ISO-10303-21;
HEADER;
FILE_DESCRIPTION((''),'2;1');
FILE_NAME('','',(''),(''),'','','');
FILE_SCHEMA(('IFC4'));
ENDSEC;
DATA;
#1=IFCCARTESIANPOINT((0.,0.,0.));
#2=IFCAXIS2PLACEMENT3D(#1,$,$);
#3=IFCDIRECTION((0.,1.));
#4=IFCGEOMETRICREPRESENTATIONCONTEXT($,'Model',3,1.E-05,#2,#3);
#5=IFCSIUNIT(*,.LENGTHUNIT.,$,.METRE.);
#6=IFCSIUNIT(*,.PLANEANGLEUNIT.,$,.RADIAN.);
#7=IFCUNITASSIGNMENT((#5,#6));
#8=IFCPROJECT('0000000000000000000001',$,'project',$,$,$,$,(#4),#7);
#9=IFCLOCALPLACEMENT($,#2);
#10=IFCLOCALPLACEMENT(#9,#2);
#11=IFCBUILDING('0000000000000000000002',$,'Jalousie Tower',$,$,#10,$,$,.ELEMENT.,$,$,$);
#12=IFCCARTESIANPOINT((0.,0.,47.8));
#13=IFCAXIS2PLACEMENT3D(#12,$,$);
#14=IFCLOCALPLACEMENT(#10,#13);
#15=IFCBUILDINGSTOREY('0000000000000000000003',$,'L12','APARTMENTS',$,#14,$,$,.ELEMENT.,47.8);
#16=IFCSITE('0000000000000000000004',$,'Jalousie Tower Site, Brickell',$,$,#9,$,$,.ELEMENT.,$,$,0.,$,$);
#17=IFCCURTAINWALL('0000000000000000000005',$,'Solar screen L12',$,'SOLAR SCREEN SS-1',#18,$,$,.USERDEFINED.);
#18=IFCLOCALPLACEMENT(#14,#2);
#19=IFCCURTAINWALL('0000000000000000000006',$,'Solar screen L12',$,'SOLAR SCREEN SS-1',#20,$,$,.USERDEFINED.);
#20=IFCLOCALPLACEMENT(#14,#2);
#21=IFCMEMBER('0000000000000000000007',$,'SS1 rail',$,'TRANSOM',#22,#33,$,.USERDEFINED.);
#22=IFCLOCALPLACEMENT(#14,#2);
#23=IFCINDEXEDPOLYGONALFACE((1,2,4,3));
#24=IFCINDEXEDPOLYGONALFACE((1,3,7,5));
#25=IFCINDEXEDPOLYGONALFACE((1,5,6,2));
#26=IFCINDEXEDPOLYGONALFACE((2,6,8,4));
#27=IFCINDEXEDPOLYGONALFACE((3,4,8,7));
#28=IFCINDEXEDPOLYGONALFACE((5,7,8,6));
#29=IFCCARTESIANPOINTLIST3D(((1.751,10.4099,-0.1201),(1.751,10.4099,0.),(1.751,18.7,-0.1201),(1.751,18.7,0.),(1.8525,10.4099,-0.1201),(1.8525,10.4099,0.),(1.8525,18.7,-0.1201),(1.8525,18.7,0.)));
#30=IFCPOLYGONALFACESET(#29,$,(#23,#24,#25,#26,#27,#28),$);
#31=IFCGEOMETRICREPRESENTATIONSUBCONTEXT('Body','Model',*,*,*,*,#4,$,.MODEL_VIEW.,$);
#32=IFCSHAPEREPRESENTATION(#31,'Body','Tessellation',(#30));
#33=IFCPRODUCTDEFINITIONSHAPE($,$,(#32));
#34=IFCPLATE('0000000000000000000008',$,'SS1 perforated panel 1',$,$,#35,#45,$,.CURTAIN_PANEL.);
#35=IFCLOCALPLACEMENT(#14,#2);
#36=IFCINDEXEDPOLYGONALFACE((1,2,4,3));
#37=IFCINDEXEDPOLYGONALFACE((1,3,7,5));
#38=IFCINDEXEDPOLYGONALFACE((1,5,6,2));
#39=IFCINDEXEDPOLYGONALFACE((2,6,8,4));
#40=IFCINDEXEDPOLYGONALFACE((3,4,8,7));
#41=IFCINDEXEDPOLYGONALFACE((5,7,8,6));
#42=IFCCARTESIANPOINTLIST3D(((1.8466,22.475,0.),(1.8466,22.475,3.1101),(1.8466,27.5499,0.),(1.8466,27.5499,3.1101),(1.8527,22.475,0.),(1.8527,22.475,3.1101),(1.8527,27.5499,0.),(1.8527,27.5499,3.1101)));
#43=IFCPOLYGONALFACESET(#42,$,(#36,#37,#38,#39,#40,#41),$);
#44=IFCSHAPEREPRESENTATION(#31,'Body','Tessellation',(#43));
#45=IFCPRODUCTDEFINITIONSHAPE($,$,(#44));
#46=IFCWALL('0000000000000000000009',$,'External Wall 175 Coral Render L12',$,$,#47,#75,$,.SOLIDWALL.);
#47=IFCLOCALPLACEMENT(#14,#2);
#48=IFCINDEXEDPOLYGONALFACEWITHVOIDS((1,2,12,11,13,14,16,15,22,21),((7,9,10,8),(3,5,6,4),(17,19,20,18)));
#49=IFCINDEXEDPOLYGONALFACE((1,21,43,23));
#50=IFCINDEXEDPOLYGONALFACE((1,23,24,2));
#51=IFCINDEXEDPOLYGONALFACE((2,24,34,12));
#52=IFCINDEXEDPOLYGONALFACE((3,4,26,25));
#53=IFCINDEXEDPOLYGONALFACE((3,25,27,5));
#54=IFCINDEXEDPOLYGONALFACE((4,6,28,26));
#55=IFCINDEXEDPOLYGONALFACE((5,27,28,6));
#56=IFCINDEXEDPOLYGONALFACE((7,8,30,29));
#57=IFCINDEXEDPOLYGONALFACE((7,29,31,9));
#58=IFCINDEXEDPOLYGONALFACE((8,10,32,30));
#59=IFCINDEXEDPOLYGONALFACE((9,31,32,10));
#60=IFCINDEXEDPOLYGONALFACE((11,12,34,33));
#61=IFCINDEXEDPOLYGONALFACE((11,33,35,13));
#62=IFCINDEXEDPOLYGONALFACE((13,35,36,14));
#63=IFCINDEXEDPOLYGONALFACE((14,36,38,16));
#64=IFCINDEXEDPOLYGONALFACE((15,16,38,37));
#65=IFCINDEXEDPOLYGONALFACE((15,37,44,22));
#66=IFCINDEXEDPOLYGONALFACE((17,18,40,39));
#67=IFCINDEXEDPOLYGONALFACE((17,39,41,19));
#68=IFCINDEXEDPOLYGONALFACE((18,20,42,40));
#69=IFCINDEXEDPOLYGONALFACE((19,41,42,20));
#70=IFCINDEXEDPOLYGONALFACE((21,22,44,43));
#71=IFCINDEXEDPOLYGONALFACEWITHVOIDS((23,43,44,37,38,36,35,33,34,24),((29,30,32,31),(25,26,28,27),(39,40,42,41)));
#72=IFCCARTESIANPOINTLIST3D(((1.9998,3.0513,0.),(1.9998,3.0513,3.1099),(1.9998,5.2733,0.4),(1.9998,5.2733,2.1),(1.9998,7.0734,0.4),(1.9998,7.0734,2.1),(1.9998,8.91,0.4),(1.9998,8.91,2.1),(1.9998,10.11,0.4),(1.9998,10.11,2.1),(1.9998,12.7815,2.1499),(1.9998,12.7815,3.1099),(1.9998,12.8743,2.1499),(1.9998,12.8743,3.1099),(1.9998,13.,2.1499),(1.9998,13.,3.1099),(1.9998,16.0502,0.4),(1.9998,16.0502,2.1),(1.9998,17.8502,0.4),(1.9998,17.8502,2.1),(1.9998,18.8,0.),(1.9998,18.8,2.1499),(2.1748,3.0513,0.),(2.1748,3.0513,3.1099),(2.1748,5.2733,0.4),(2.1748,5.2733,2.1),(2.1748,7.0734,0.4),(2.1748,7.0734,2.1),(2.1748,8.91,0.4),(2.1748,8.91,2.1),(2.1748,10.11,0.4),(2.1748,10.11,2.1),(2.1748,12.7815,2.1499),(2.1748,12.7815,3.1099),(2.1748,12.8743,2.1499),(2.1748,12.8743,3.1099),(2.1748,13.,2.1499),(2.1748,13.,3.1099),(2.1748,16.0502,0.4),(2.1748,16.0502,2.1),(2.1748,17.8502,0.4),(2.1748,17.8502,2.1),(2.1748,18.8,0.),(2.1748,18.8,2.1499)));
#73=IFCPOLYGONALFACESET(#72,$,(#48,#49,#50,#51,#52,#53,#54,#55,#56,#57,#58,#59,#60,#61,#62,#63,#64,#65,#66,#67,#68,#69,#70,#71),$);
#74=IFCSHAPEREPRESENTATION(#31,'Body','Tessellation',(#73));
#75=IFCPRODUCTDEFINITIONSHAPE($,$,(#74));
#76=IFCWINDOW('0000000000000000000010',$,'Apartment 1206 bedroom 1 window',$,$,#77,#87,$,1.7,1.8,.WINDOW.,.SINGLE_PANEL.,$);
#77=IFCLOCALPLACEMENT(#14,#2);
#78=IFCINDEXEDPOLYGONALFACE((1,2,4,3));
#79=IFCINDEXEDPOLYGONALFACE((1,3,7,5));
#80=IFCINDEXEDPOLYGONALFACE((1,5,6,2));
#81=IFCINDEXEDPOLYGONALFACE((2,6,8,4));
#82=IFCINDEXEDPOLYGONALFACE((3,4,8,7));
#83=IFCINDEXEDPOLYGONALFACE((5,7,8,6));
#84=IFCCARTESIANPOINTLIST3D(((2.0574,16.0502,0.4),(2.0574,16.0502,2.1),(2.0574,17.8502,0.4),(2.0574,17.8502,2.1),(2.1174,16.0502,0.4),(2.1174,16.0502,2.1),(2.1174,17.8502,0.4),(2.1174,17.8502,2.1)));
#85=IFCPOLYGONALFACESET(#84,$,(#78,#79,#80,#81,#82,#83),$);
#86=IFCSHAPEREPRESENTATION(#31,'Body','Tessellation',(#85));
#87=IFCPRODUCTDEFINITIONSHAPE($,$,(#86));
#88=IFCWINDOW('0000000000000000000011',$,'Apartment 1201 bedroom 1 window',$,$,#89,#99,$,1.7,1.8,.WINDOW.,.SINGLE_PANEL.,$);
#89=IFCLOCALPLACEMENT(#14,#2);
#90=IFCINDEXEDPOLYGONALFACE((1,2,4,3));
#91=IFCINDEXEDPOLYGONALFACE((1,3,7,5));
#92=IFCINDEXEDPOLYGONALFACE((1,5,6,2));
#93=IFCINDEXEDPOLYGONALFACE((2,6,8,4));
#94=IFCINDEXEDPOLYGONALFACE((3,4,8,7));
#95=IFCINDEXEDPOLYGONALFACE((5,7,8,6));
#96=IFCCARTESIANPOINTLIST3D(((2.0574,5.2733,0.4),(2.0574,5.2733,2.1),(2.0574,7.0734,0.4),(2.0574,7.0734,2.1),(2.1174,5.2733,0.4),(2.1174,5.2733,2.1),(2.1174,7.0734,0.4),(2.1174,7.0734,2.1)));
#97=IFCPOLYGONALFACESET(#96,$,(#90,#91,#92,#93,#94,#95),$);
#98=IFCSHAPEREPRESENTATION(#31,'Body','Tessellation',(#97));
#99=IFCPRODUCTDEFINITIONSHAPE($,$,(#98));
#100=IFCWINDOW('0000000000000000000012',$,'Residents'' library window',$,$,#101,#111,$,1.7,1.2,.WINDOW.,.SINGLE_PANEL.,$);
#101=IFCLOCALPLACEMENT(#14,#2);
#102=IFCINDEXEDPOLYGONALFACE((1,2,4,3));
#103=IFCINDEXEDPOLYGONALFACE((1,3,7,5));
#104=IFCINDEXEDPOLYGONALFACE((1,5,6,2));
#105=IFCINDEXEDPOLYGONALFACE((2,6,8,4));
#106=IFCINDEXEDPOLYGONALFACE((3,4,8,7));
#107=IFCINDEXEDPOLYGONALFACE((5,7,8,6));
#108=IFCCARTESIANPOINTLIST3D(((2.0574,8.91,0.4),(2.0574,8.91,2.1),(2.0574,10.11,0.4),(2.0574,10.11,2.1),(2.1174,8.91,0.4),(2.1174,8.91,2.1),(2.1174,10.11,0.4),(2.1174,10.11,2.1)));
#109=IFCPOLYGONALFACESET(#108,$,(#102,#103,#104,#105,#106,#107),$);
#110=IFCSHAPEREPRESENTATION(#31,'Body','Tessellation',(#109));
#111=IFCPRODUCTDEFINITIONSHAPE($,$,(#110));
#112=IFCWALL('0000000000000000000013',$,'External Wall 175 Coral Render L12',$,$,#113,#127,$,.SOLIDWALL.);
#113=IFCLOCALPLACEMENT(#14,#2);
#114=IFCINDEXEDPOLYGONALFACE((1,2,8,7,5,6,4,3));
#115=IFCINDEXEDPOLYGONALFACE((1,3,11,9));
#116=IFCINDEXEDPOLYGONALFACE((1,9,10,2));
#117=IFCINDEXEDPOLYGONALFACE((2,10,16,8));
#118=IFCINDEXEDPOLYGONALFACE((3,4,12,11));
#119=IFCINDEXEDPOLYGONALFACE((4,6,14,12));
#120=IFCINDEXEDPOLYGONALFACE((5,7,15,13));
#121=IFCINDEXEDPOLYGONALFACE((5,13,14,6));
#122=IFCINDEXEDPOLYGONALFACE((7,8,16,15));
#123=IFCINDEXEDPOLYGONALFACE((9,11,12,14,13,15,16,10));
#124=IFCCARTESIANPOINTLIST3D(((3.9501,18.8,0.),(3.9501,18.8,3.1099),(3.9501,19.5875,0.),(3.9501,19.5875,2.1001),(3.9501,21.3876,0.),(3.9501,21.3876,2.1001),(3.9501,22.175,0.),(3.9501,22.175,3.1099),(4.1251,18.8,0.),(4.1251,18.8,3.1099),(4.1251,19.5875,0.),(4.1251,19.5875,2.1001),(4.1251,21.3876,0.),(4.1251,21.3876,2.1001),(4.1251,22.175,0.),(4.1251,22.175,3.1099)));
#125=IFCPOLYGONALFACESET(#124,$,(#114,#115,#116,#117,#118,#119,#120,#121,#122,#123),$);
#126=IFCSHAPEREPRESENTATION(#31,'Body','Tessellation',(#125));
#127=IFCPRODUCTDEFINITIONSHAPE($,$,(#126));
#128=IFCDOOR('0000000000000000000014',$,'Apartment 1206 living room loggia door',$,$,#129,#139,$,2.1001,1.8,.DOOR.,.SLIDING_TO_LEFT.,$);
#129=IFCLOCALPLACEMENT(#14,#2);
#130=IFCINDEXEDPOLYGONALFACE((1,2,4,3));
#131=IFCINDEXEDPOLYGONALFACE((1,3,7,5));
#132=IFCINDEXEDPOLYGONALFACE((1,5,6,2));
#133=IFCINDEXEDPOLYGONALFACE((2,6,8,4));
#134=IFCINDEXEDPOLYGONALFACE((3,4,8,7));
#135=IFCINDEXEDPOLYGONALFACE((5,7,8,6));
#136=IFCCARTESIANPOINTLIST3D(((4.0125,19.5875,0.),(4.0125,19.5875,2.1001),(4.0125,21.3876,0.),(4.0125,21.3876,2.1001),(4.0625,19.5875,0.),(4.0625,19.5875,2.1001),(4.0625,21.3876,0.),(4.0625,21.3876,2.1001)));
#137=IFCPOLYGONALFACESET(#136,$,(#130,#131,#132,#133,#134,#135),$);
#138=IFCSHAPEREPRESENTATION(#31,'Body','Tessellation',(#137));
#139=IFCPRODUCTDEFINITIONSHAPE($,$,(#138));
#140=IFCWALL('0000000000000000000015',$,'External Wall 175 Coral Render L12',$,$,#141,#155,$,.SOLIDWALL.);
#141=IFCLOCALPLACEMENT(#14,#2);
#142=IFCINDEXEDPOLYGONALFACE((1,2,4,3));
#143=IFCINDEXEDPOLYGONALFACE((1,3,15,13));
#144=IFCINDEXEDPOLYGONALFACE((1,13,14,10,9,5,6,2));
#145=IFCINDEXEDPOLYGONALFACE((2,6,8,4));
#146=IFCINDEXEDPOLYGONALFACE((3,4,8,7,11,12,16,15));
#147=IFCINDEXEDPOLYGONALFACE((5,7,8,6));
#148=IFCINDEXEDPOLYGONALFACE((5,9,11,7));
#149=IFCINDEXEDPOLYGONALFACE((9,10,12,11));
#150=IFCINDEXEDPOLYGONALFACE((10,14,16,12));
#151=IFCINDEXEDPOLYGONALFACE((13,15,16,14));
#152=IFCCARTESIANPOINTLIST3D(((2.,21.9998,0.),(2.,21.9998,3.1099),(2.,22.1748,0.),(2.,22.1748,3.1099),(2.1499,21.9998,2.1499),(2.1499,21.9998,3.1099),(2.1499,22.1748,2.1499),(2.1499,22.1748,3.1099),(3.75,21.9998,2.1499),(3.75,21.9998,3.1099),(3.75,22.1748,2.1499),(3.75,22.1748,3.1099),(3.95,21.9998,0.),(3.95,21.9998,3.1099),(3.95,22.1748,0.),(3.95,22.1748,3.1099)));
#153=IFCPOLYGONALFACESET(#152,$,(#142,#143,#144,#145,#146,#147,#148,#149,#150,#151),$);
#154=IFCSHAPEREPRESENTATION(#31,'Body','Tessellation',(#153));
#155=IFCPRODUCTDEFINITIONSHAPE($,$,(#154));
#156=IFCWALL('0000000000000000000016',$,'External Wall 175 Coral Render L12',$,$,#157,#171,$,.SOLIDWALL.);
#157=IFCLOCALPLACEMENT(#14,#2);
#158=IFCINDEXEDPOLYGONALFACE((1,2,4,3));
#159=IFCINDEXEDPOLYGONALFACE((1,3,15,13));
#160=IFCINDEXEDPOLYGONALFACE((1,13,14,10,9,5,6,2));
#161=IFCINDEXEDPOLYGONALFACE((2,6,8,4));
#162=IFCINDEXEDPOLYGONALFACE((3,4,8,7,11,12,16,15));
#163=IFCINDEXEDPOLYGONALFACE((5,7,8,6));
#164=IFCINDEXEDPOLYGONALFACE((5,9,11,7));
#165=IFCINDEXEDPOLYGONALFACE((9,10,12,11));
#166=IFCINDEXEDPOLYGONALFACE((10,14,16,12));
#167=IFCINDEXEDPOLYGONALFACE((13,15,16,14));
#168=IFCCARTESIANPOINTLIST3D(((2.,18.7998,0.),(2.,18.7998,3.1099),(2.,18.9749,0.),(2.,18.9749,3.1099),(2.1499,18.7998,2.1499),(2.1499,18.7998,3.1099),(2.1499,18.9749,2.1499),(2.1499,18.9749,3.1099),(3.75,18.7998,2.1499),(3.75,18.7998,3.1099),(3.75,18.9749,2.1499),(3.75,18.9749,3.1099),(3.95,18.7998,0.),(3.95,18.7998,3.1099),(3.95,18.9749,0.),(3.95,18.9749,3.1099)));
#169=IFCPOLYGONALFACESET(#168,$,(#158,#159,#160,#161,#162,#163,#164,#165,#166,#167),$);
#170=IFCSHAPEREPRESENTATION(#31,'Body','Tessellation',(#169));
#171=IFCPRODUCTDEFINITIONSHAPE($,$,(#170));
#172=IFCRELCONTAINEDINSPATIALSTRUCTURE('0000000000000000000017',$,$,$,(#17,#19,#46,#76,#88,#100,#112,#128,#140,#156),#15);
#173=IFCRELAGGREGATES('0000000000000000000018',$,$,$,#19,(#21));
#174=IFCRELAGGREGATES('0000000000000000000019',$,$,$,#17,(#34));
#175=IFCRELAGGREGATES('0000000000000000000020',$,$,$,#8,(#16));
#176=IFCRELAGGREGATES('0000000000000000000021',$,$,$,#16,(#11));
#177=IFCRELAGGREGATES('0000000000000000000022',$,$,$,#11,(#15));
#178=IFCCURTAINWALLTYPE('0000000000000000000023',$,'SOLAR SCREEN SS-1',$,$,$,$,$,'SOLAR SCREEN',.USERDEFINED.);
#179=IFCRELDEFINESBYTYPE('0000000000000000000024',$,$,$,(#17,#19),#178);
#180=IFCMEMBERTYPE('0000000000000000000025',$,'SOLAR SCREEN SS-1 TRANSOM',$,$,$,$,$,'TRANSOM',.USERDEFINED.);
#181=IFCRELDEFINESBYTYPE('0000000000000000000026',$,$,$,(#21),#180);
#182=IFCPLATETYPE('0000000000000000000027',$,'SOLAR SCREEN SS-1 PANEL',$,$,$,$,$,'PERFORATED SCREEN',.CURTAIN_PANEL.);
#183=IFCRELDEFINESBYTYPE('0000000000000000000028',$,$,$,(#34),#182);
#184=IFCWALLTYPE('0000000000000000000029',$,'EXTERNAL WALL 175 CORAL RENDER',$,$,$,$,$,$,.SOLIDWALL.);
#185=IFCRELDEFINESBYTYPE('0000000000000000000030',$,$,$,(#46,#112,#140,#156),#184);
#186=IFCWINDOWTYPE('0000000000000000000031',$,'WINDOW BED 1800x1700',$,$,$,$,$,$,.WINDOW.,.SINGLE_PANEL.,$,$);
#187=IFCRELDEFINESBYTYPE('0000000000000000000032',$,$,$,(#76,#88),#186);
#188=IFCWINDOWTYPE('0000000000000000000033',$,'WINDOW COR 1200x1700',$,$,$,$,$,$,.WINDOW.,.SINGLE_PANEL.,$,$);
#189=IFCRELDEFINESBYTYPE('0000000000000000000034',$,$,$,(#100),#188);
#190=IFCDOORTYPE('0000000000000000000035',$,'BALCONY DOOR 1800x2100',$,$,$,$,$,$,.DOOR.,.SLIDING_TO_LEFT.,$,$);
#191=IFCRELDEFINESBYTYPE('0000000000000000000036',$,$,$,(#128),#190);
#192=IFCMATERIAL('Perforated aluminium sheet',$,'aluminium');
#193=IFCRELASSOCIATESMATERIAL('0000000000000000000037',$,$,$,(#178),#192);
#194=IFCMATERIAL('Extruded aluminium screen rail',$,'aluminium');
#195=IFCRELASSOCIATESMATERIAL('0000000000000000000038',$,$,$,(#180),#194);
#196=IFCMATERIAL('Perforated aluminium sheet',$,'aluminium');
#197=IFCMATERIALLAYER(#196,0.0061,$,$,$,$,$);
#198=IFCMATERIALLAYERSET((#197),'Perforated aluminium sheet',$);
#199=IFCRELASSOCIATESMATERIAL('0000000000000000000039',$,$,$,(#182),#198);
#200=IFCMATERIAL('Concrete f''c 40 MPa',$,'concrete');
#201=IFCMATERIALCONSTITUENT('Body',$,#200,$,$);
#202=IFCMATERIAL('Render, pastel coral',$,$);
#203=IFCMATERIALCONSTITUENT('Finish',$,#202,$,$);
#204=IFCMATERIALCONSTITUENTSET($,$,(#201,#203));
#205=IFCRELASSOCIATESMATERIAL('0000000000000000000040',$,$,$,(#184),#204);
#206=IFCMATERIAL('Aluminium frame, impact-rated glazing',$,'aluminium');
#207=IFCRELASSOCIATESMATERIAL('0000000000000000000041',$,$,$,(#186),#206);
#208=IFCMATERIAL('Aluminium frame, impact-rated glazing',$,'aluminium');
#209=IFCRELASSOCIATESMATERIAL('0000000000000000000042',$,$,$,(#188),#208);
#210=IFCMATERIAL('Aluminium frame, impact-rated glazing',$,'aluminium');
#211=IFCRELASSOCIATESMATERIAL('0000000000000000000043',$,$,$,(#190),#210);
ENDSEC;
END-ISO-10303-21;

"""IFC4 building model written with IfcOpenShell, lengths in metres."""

from ifc_helpers import new_model, si_unit, direction, frame, frame_2d, origin, origin_2d, place, context, subcontext, project, spatial, polyline, rectangle, outline, extrude, material, layer, layer_set, constituent, constituent_set, material_profile, profile_set, type_object, element, fill, aggregate, save


model = new_model("IFC4")

# Units and contexts
model_context = context("Model", 3, precision=1e-05, world=origin(), true_north=direction((0.0, 1.0)))
body_context = subcontext(model_context, "Body", "Model", "MODEL_VIEW")
ifc_project = project(units=[si_unit("LENGTHUNIT", "METRE"), si_unit("PLANEANGLEUNIT", "RADIAN")], contexts=[model_context])

# Site, building, storey
site_placement = place(None, origin())
site = spatial("IfcSite", under=ifc_project, at=site_placement, Name="Jalousie Tower Site, Brickell", CompositionType="ELEMENT", RefElevation=0.0)
building_placement = place(site_placement, origin())
building = spatial("IfcBuilding", under=site, at=building_placement, Name="Jalousie Tower", CompositionType="ELEMENT")
storey_placement = place(building_placement, frame((0.0, 0.0, 47.8)))
storey = spatial("IfcBuildingStorey", under=building, at=storey_placement, Name="L12", Description="APARTMENTS", CompositionType="ELEMENT", Elevation=47.8)

# Curtain wall
ifc_material_1 = material(Name="Perforated aluminium sheet", Category="aluminium")
curtain_wall_type = type_object("IfcCurtainWallType", Name="SOLAR SCREEN SS-1", ElementType="SOLAR SCREEN", PredefinedType="USERDEFINED", material=ifc_material_1)
curtain_wall_1_placement = place(storey_placement, origin())
curtain_wall_1 = element("IfcCurtainWall", 1, at=curtain_wall_1_placement, inside=storey, type_object=curtain_wall_type, Name="Solar screen L12", ObjectType="SOLAR SCREEN SS-1", PredefinedType="USERDEFINED")

# Curtain wall
curtain_wall_2_placement = place(storey_placement, origin())
curtain_wall_2 = element("IfcCurtainWall", 2, at=curtain_wall_2_placement, inside=storey, type_object=curtain_wall_type, Name="Solar screen L12", ObjectType="SOLAR SCREEN SS-1", PredefinedType="USERDEFINED")

# Member
ifc_material_2 = material(Name="Extruded aluminium screen rail", Category="aluminium")
ifc_material_profile_1 = material_profile(ifc_material_2, rectangle(XDim=0.1016, YDim=0.1201, at=origin_2d()), Name="RAIL 102x120")
ifc_profile_set_1 = profile_set([ifc_material_profile_1], Name="Extruded aluminium screen rail")
member_type_1 = type_object("IfcMemberType", Name="SOLAR SCREEN SS-1 TRANSOM", ElementType="TRANSOM", PredefinedType="USERDEFINED", material=ifc_profile_set_1)
member_1_placement = place(storey_placement, frame((1.8018, 18.7, -0.0601), z_axis=(0.0, -1.0, 0.0), x_axis=(1.0, 0.0, 0.0)))
member_1 = element("IfcMember", 3, at=member_1_placement, type_object=member_type_1, Name="SS1 rail", ObjectType="TRANSOM", PredefinedType="USERDEFINED", context=body_context, shape_type="SweptSolid", body=[
    extrude(rectangle(XDim=0.1016, YDim=0.1201, at=origin_2d()), origin(), (0.0, 0.0, 1.0), 8.29),
])
aggregate(curtain_wall_2, [member_1])

# Plate
ifc_material_3 = material(Name="Perforated aluminium sheet", Category="aluminium")
ifc_layer_1 = layer(ifc_material_3, 0.0061)
ifc_layer_set_1 = layer_set([ifc_layer_1], Name="Perforated aluminium sheet")
plate_type = type_object("IfcPlateType", Name="SOLAR SCREEN SS-1 PANEL", ElementType="PERFORATED SCREEN", PredefinedType="CURTAIN_PANEL", material=ifc_layer_set_1)
plate_placement = place(storey_placement, frame((1.8496, 25.0125, 0.0), z_axis=(0.0, 0.0, 1.0), x_axis=(0.0, -1.0, 0.0)))
plate = element("IfcPlate", 4, at=plate_placement, type_object=plate_type, Name="SS1 perforated panel 1", PredefinedType="CURTAIN_PANEL", context=body_context, shape_type="SweptSolid", body=[
    extrude(rectangle(XDim=5.075, YDim=0.0061, at=origin_2d()), origin(), (0.0, 0.0, 1.0), 3.1101),
])
aggregate(curtain_wall_1, [plate])

# Wall, openings, windows
ifc_material_4 = material(Name="Concrete f'c 40 MPa", Category="concrete")
ifc_constituent_1 = constituent(ifc_material_4, Name="Body")
ifc_material_5 = material(Name="Render, pastel coral")
ifc_constituent_2 = constituent(ifc_material_5, Name="Finish")
ifc_constituent_set_1 = constituent_set(constituents=[ifc_constituent_1, ifc_constituent_2])
wall_type_1 = type_object("IfcWallType", Name="EXTERNAL WALL 175 CORAL RENDER", PredefinedType="SOLIDWALL", material=ifc_constituent_set_1)
wall_1_placement = place(storey_placement, frame((2.0874, 18.8, 0.0), z_axis=(0.0, 0.0, 1.0), x_axis=(0.0, -1.0, 0.0)))
wall_1 = element("IfcWall", 5, at=wall_1_placement, inside=storey, type_object=wall_type_1, Name="External Wall 175 Coral Render L12", PredefinedType="SOLIDWALL", context=body_context, shape_type="SweptSolid", body=[
    extrude(outline(polyline([(0.0, 0.0), (15.7488, 0.0), (15.7488, 3.1099), (6.0186, 3.1099), (6.0186, 2.1499), (5.9258, 2.1499), (5.9258, 3.1099), (5.8, 3.1099), (5.8, 2.1499), (0.0, 2.1499), (0.0, 0.0)])), frame((0.0, 0.0874, 0.0), z_axis=(0.0, -1.0, 0.0), x_axis=(1.0, 0.0, 0.0)), (0.0, 0.0, 1.0), 0.175),
])
opening_1_placement = place(wall_1_placement, frame((0.95, 0.0, 0.3999)))
opening_1 = element("IfcOpeningElement", 6, at=opening_1_placement, cuts=wall_1, PredefinedType="OPENING", context=body_context, shape_type="SweptSolid", body=[
    extrude(rectangle(XDim=1.8, YDim=1.7, at=frame_2d((0.8999, 0.8501))), frame((0.0, 0.0974, 0.0), z_axis=(0.0, -1.0, 0.0), x_axis=(1.0, 0.0, 0.0)), (0.0, 0.0, 1.0), 0.1951),
])
opening_2_placement = place(wall_1_placement, frame((8.6899, 0.0, 0.3999)))
opening_2 = element("IfcOpeningElement", 7, at=opening_2_placement, cuts=wall_1, PredefinedType="OPENING", context=body_context, shape_type="SweptSolid", body=[
    extrude(rectangle(XDim=1.2, YDim=1.7, at=frame_2d((0.6001, 0.8501))), frame((0.0, 0.0974, 0.0), z_axis=(0.0, -1.0, 0.0), x_axis=(1.0, 0.0, 0.0)), (0.0, 0.0, 1.0), 0.1951),
])
opening_3_placement = place(wall_1_placement, frame((11.7268, 0.0, 0.3999)))
opening_3 = element("IfcOpeningElement", 8, at=opening_3_placement, cuts=wall_1, PredefinedType="OPENING", context=body_context, shape_type="SweptSolid", body=[
    extrude(rectangle(XDim=1.8, YDim=1.7, at=frame_2d((0.8999, 0.8501))), frame((0.0, 0.0974, 0.0), z_axis=(0.0, -1.0, 0.0), x_axis=(1.0, 0.0, 0.0)), (0.0, 0.0, 1.0), 0.1951),
])
ifc_material_6 = material(Name="Aluminium frame, impact-rated glazing", Category="aluminium")
window_type_1 = type_object("IfcWindowType", Name="WINDOW BED 1800x1700", PartitioningType="SINGLE_PANEL", PredefinedType="WINDOW", material=ifc_material_6)
window_1_placement = place(opening_1_placement, origin())
window_1 = element("IfcWindow", 9, at=window_1_placement, inside=storey, type_object=window_type_1, Name="Apartment 1206 bedroom 1 window", OverallHeight=1.7, OverallWidth=1.8, PartitioningType="SINGLE_PANEL", PredefinedType="WINDOW", context=body_context, shape_type="SweptSolid", body=[
    extrude(rectangle(XDim=1.8, YDim=1.7, at=frame_2d((0.8999, 0.8501))), frame((0.0, 0.03, 0.0), z_axis=(0.0, -1.0, 0.0), x_axis=(1.0, 0.0, 0.0)), (0.0, 0.0, 1.0), 0.0601),
])
fill(opening_1, window_1)
window_2_placement = place(opening_3_placement, origin())
window_2 = element("IfcWindow", 10, at=window_2_placement, inside=storey, type_object=window_type_1, Name="Apartment 1201 bedroom 1 window", OverallHeight=1.7, OverallWidth=1.8, PartitioningType="SINGLE_PANEL", PredefinedType="WINDOW", context=body_context, shape_type="SweptSolid", body=[
    extrude(rectangle(XDim=1.8, YDim=1.7, at=frame_2d((0.8999, 0.8501))), frame((0.0, 0.03, 0.0), z_axis=(0.0, -1.0, 0.0), x_axis=(1.0, 0.0, 0.0)), (0.0, 0.0, 1.0), 0.0601),
])
fill(opening_3, window_2)
ifc_material_7 = material(Name="Aluminium frame, impact-rated glazing", Category="aluminium")
window_type_2 = type_object("IfcWindowType", Name="WINDOW COR 1200x1700", PartitioningType="SINGLE_PANEL", PredefinedType="WINDOW", material=ifc_material_7)
window_3_placement = place(opening_2_placement, origin())
window_3 = element("IfcWindow", 11, at=window_3_placement, inside=storey, type_object=window_type_2, Name="Residents' library window", OverallHeight=1.7, OverallWidth=1.2, PartitioningType="SINGLE_PANEL", PredefinedType="WINDOW", context=body_context, shape_type="SweptSolid", body=[
    extrude(rectangle(XDim=1.2, YDim=1.7, at=frame_2d((0.6001, 0.8501))), frame((0.0, 0.03, 0.0), z_axis=(0.0, -1.0, 0.0), x_axis=(1.0, 0.0, 0.0)), (0.0, 0.0, 1.0), 0.0601),
])
fill(opening_2, window_3)

# Wall, opening, door
wall_2_placement = place(storey_placement, frame((4.0376, 22.175, 0.0), z_axis=(0.0, 0.0, 1.0), x_axis=(0.0, -1.0, 0.0)))
wall_2 = element("IfcWall", 12, at=wall_2_placement, inside=storey, type_object=wall_type_1, Name="External Wall 175 Coral Render L12", PredefinedType="SOLIDWALL", context=body_context, shape_type="SweptSolid", body=[
    extrude(rectangle(XDim=3.375, YDim=0.175, at=frame_2d((1.6875, 0.0))), origin(), (0.0, 0.0, 1.0), 3.1099),
])
opening_4_placement = place(wall_2_placement, frame((0.7876, 0.0, 0.0)))
opening_4 = element("IfcOpeningElement", 13, at=opening_4_placement, cuts=wall_2, PredefinedType="OPENING", context=body_context, shape_type="SweptSolid", body=[
    extrude(rectangle(XDim=1.8, YDim=2.1001, at=frame_2d((0.8999, 1.05))), frame((0.0, 0.0974, 0.0), z_axis=(0.0, -1.0, 0.0), x_axis=(1.0, 0.0, 0.0)), (0.0, 0.0, 1.0), 0.1951),
])
ifc_material_8 = material(Name="Aluminium frame, impact-rated glazing", Category="aluminium")
door_type_1 = type_object("IfcDoorType", Name="BALCONY DOOR 1800x2100", OperationType="SLIDING_TO_LEFT", PredefinedType="DOOR", material=ifc_material_8)
door_1_placement = place(opening_4_placement, origin())
door_1 = element("IfcDoor", 14, at=door_1_placement, inside=storey, type_object=door_type_1, Name="Apartment 1206 living room loggia door", OperationType="SLIDING_TO_LEFT", OverallHeight=2.1001, OverallWidth=1.8, PredefinedType="DOOR", context=body_context, shape_type="SweptSolid", body=[
    extrude(rectangle(XDim=1.8, YDim=2.1001, at=frame_2d((0.8999, 1.05))), frame((0.0, 0.0249, 0.0), z_axis=(0.0, -1.0, 0.0), x_axis=(1.0, 0.0, 0.0)), (0.0, 0.0, 1.0), 0.05),
])
fill(opening_4, door_1)

# Walls
for number, where, z_axis, x_axis, name in (
    (15, (2.0, 22.0874, 0.0), (0.0, 0.0, 1.0), (1.0, 0.0, 0.0), "External Wall 175 Coral Render L12"),
    (16, (2.0, 18.8875, 0.0), (0.0, 0.0, 1.0), (1.0, 0.0, 0.0), "External Wall 175 Coral Render L12"),
):
    element("IfcWall", number, at=place(storey_placement, frame(where, z_axis=z_axis, x_axis=x_axis)), inside=storey, type_object=wall_type_1, Name=name, PredefinedType="SOLIDWALL", context=body_context, shape_type="SweptSolid", body=[
        extrude(outline(polyline([(0.0, 0.0), (1.95, 0.0), (1.95, 3.1099), (1.75, 3.1099), (1.75, 2.1499), (0.1499, 2.1499), (0.1499, 3.1099), (0.0, 3.1099), (0.0, 0.0)])), frame((0.0, 0.0874, 0.0), z_axis=(0.0, -1.0, 0.0), x_axis=(1.0, 0.0, 0.0)), (0.0, 0.0, 1.0), 0.175),
    ])

save(model, "model.ifc")
